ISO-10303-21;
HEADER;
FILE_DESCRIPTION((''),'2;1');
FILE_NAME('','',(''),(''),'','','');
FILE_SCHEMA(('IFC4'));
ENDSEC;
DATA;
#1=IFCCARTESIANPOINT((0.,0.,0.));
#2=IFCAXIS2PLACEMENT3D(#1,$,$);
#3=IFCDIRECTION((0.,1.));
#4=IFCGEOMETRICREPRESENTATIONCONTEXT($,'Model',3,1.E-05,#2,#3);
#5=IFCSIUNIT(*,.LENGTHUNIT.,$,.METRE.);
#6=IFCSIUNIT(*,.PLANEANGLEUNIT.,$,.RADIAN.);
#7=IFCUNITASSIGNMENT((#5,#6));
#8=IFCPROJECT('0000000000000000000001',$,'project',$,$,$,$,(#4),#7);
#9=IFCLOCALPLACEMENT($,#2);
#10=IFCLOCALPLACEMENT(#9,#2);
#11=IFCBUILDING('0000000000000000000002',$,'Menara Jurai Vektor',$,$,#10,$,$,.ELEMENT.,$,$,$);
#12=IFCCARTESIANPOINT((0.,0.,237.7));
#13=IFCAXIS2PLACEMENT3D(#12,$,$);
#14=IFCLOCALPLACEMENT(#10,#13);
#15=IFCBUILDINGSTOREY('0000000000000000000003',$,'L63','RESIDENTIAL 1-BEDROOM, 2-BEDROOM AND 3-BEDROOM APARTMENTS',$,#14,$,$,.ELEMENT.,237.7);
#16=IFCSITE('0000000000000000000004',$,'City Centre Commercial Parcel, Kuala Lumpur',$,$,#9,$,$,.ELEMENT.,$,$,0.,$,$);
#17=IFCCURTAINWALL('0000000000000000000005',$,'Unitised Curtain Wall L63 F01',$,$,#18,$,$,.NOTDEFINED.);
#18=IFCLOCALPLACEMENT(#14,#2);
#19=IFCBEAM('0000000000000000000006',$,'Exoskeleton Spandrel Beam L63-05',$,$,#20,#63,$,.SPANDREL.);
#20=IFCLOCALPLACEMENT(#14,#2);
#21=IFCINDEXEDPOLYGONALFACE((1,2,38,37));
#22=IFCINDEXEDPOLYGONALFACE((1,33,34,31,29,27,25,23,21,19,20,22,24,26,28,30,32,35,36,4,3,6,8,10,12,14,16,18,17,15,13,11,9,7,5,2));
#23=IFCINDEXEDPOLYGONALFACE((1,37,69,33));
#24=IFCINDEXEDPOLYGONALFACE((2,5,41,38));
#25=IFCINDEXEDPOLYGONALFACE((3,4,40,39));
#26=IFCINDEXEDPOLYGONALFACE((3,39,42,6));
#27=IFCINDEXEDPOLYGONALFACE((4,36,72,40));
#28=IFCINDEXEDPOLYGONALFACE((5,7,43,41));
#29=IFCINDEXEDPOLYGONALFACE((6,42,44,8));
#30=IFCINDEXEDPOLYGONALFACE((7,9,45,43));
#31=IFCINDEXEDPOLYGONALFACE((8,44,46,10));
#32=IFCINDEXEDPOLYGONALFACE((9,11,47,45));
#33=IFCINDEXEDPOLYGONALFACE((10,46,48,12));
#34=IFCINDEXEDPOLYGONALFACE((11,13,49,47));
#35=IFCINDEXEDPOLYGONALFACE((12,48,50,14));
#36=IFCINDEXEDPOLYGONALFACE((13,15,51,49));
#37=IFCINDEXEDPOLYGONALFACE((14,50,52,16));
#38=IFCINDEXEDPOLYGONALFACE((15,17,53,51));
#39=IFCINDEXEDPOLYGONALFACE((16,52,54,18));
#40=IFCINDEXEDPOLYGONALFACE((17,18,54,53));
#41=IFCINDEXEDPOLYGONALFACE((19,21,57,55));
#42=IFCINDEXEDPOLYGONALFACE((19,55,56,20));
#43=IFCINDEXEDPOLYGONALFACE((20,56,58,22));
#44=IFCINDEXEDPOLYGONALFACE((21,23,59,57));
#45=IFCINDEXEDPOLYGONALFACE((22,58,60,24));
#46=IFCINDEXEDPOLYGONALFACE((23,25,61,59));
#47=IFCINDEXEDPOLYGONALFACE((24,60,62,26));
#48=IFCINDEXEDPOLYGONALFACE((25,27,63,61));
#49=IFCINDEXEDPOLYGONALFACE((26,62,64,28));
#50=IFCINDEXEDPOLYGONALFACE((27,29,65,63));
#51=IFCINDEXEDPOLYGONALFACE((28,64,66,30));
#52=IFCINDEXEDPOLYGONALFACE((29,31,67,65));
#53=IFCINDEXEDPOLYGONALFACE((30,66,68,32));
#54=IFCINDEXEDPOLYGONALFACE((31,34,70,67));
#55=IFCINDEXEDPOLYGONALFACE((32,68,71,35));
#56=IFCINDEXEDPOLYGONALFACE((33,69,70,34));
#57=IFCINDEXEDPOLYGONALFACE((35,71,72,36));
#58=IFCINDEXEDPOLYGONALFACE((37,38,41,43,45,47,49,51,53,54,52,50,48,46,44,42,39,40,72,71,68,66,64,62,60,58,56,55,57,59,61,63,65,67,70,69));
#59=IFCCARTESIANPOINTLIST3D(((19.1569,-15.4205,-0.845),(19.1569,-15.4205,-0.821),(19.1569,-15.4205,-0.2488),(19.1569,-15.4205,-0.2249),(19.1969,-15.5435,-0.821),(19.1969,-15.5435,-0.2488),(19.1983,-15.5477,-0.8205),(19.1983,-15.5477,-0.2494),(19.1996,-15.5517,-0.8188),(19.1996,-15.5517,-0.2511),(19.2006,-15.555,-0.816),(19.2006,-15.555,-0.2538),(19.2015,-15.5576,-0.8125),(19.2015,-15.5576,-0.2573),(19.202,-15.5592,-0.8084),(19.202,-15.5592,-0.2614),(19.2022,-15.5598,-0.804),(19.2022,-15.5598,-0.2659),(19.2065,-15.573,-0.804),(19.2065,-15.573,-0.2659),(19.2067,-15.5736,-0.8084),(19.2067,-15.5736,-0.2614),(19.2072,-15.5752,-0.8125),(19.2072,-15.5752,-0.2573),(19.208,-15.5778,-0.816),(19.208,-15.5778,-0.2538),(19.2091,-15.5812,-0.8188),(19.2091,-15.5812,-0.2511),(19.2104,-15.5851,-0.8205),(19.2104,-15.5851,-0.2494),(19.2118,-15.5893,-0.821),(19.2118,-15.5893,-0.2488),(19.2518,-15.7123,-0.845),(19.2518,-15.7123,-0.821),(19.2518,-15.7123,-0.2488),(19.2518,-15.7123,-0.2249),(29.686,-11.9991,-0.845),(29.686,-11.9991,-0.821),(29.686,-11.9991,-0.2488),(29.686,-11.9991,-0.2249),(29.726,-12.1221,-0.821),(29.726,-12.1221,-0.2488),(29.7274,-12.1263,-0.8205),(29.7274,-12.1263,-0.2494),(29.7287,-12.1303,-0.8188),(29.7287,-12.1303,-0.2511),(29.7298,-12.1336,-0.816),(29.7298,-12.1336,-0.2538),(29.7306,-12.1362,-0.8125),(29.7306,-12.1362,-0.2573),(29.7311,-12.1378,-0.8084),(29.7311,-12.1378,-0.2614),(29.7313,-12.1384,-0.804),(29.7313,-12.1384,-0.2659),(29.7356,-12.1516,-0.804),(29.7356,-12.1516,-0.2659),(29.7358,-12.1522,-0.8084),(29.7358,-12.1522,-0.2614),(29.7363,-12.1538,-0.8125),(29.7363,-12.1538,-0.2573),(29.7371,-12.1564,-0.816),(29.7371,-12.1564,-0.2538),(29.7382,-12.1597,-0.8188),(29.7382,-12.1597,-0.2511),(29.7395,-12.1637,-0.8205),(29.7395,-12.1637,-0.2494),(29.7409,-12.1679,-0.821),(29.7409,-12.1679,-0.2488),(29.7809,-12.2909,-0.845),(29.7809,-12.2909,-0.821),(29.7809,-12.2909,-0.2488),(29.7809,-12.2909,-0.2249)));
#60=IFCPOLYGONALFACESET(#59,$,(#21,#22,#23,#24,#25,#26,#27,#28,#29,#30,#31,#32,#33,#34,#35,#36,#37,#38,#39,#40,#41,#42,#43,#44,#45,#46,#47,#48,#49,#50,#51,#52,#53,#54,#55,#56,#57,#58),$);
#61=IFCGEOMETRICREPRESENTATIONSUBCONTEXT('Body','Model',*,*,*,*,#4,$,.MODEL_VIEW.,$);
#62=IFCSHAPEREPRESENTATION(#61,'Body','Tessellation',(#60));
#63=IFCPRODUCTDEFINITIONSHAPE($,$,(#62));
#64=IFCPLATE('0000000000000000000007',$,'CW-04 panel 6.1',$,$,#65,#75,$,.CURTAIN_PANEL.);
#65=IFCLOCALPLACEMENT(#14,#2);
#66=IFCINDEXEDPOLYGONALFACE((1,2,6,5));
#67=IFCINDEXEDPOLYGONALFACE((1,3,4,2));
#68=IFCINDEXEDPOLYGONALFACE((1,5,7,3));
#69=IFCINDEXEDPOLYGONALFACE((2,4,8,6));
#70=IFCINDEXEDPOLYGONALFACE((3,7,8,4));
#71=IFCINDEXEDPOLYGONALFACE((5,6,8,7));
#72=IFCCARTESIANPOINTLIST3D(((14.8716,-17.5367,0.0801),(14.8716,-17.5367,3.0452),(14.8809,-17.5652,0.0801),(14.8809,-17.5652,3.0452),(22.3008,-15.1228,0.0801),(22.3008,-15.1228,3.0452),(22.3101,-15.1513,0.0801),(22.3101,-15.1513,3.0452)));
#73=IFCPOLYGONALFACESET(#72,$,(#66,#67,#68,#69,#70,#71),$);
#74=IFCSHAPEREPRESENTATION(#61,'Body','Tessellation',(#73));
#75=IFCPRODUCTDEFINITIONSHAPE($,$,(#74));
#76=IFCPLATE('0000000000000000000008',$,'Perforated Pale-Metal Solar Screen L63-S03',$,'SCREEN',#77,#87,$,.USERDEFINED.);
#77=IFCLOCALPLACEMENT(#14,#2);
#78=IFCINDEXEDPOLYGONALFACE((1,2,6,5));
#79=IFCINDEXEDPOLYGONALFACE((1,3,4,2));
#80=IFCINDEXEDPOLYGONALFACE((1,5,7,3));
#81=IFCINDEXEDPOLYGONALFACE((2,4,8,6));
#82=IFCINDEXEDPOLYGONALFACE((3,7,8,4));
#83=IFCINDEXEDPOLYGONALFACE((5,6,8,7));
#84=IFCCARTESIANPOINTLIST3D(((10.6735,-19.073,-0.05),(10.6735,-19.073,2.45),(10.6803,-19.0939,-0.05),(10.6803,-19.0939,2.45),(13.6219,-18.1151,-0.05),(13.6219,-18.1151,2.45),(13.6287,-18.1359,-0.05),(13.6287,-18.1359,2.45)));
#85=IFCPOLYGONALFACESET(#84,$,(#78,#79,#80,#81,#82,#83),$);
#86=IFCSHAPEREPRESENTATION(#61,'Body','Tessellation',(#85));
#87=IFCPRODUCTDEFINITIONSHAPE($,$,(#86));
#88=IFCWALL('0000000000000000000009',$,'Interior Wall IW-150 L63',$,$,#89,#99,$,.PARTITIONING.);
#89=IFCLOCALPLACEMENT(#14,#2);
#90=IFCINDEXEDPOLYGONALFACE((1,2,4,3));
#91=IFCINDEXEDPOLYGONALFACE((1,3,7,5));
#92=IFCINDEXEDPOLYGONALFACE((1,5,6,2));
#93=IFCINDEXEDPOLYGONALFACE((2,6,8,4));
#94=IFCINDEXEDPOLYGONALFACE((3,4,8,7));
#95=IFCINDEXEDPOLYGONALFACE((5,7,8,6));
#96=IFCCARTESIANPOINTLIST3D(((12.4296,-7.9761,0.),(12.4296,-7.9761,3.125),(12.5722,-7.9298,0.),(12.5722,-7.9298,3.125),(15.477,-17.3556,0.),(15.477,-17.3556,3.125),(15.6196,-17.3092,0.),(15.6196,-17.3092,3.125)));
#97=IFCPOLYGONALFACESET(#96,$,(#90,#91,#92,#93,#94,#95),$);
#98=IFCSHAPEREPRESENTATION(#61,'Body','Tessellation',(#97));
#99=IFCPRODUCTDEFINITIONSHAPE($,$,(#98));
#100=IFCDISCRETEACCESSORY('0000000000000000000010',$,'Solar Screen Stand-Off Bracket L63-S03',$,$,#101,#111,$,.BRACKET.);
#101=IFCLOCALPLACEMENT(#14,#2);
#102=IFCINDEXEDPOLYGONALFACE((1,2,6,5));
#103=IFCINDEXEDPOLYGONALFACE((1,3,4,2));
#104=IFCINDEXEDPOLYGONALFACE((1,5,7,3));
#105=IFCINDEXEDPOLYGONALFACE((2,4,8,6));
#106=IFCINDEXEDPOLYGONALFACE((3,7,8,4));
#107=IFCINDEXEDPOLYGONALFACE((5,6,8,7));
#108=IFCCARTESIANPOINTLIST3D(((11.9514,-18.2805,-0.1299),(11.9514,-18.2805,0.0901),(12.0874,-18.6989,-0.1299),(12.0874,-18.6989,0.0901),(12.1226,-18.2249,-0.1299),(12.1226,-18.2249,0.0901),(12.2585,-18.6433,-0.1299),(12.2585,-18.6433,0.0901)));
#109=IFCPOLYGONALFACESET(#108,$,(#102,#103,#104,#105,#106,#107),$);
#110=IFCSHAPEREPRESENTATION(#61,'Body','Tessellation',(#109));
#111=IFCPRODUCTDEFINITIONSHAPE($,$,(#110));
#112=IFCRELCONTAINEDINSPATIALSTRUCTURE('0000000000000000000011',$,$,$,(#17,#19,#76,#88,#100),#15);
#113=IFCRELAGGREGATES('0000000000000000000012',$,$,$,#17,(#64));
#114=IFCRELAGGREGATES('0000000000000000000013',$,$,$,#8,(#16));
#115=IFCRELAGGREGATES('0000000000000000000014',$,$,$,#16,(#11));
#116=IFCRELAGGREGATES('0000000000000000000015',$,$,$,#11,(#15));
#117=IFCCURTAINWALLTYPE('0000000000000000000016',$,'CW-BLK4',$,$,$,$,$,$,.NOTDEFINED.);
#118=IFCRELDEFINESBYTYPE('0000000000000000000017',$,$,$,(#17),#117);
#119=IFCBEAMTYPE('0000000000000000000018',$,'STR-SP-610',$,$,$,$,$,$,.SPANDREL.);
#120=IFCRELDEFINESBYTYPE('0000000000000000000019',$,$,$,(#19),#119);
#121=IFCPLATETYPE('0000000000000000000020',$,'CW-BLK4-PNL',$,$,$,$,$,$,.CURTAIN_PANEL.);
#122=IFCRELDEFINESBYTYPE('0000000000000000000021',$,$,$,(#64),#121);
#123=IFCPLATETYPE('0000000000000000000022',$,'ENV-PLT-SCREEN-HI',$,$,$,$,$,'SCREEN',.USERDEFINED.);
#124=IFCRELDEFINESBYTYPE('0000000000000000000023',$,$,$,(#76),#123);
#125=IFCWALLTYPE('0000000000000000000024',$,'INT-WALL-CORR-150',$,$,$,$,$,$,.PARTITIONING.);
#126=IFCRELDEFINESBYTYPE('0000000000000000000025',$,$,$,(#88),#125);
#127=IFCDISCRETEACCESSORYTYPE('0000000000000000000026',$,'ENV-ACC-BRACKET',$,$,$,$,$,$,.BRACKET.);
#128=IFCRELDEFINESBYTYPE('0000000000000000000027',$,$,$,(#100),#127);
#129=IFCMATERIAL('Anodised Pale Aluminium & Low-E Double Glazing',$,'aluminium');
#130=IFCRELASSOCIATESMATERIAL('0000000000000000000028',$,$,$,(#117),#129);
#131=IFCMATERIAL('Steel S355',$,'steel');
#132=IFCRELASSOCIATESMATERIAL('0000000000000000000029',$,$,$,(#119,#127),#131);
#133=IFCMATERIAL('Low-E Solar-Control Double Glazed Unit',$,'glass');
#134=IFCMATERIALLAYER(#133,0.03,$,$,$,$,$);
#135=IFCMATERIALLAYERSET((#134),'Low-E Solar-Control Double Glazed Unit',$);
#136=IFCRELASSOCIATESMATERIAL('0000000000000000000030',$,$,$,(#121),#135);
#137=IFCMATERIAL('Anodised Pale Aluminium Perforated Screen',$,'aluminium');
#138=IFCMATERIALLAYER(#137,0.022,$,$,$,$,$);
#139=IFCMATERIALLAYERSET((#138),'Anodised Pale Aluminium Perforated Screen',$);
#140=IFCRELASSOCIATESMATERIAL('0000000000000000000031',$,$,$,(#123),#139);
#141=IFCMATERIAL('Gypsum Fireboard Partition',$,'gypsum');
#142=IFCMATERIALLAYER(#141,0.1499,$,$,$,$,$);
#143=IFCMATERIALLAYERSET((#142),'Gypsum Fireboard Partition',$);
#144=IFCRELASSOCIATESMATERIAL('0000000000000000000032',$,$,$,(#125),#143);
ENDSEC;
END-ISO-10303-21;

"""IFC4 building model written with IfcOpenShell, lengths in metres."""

from ifc_helpers import new_model, si_unit, direction, frame, frame_2d, origin, origin_2d, place, context, subcontext, project, spatial, rectangle, i_section, extrude, material, layer, layer_set, material_profile, profile_set, type_object, element, aggregate, save


model = new_model("IFC4")

# Units and contexts
model_context = context("Model", 3, precision=1e-05, world=origin(), true_north=direction((0.0, 1.0)))
body_context = subcontext(model_context, "Body", "Model", "MODEL_VIEW")
ifc_project = project(units=[si_unit("LENGTHUNIT", "METRE"), si_unit("PLANEANGLEUNIT", "RADIAN")], contexts=[model_context])

# Site, building, storey
site_placement = place(None, origin())
site = spatial("IfcSite", under=ifc_project, at=site_placement, Name="City Centre Commercial Parcel, Kuala Lumpur", CompositionType="ELEMENT", RefElevation=0.0)
building_placement = place(site_placement, origin())
building = spatial("IfcBuilding", under=site, at=building_placement, Name="Menara Jurai Vektor", CompositionType="ELEMENT")
storey_placement = place(building_placement, frame((0.0, 0.0, 237.7)))
storey = spatial("IfcBuildingStorey", under=building, at=storey_placement, Name="L63", Description="RESIDENTIAL 1-BEDROOM, 2-BEDROOM AND 3-BEDROOM APARTMENTS", CompositionType="ELEMENT", Elevation=237.7)

# Curtain wall
ifc_material_1 = material(Name="Anodised Pale Aluminium & Low-E Double Glazing", Category="aluminium")
curtain_wall_type = type_object("IfcCurtainWallType", Name="CW-BLK4", PredefinedType="NOTDEFINED", material=ifc_material_1)
curtain_wall_placement = place(storey_placement, origin())
curtain_wall = element("IfcCurtainWall", 1, at=curtain_wall_placement, inside=storey, type_object=curtain_wall_type, Name="Unitised Curtain Wall L63 F01", PredefinedType="NOTDEFINED")

# Beam
ifc_material_2 = material(Name="Steel S355", Category="steel")
ifc_material_profile_1 = material_profile(ifc_material_2, i_section(OverallWidth=0.3069, OverallDepth=0.6201, WebThickness=0.0139, FlangeThickness=0.0239, FilletRadius=0.0171, at=origin_2d()), Name="UKB 610x305x179")
ifc_profile_set_1 = profile_set([ifc_material_profile_1], Name="Steel S355")
beam_type_1 = type_object("IfcBeamType", Name="STR-SP-610", PredefinedType="SPANDREL", material=ifc_profile_set_1)
beam_1_placement = place(storey_placement, frame((19.2043, -15.5664, -0.5349), z_axis=(0.951049, 0.309041, 0.0), x_axis=(-0.309041, 0.951049, 0.0)))
element("IfcBeam", 2, at=beam_1_placement, inside=storey, type_object=beam_type_1, Name="Exoskeleton Spandrel Beam L63-05", PredefinedType="SPANDREL", context=body_context, shape_type="SweptSolid", body=[
    extrude(i_section(OverallWidth=0.3069, OverallDepth=0.6201, WebThickness=0.0139, FlangeThickness=0.0239, FilletRadius=0.0171, at=origin_2d()), origin(), (0.0, 0.0, 1.0), 11.071),
])

# Plates
ifc_material_3 = material(Name="Low-E Solar-Control Double Glazed Unit", Category="glass")
ifc_layer_1 = layer(ifc_material_3, 0.03)
ifc_layer_set_1 = layer_set([ifc_layer_1], Name="Low-E Solar-Control Double Glazed Unit")
plate_type_1 = type_object("IfcPlateType", Name="CW-BLK4-PNL", PredefinedType="CURTAIN_PANEL", material=ifc_layer_set_1)
plate_1_placement = place(storey_placement, frame((18.5908, -16.344, 0.0801), z_axis=(0.0, 0.0, 1.0), x_axis=(0.951056, 0.309017, 0.0)))
plate_1 = element("IfcPlate", 3, at=plate_1_placement, type_object=plate_type_1, Name="CW-04 panel 6.1", PredefinedType="CURTAIN_PANEL", context=body_context, shape_type="SweptSolid", body=[
    extrude(rectangle(XDim=7.8115, YDim=0.03, at=origin_2d()), origin(), (0.0, 0.0, 1.0), 2.9651),
])
aggregate(curtain_wall, [plate_1])
ifc_material_4 = material(Name="Anodised Pale Aluminium Perforated Screen", Category="aluminium")
ifc_layer_2 = layer(ifc_material_4, 0.022)
ifc_layer_set_2 = layer_set([ifc_layer_2], Name="Anodised Pale Aluminium Perforated Screen")
plate_type_2 = type_object("IfcPlateType", Name="ENV-PLT-SCREEN-HI", ElementType="SCREEN", PredefinedType="USERDEFINED", material=ifc_layer_set_2)
plate_2_placement = place(storey_placement, frame((12.1511, -18.6045, -0.05), z_axis=(0.0, 0.0, 1.0), x_axis=(0.951057, 0.309017, 0.0)))
element("IfcPlate", 4, at=plate_2_placement, inside=storey, type_object=plate_type_2, Name="Perforated Pale-Metal Solar Screen L63-S03", ObjectType="SCREEN", PredefinedType="USERDEFINED", context=body_context, shape_type="SweptSolid", body=[
    extrude(rectangle(XDim=3.1001, YDim=0.022, at=origin_2d()), origin(), (0.0, 0.0, 1.0), 2.5),
])

# Wall
ifc_material_5 = material(Name="Gypsum Fireboard Partition", Category="gypsum")
ifc_layer_3 = layer(ifc_material_5, 0.1499)
ifc_layer_set_3 = layer_set([ifc_layer_3], Name="Gypsum Fireboard Partition")
wall_type = type_object("IfcWallType", Name="INT-WALL-CORR-150", PredefinedType="PARTITIONING", material=ifc_layer_set_3)
wall_placement = place(storey_placement, frame((15.5483, -17.3325, 0.0), z_axis=(0.0, 0.0, 1.0), x_axis=(-0.309, 0.951062, 0.0)))
element("IfcWall", 5, at=wall_placement, inside=storey, type_object=wall_type, Name="Interior Wall IW-150 L63", PredefinedType="PARTITIONING", context=body_context, shape_type="SweptSolid", body=[
    extrude(rectangle(XDim=9.8621, YDim=0.1499, at=frame_2d((4.9312, 0.0))), origin(), (0.0, 0.0, 1.0), 3.125),
])

# Discrete accessory
discrete_accessory_type = type_object("IfcDiscreteAccessoryType", Name="ENV-ACC-BRACKET", PredefinedType="BRACKET", material=ifc_material_2)
discrete_accessory_placement = place(storey_placement, frame((12.105, -18.4619, -0.1299), z_axis=(0.0, 0.0, 1.0), x_axis=(0.951057, 0.309017, 0.0)))
element("IfcDiscreteAccessory", 6, at=discrete_accessory_placement, inside=storey, type_object=discrete_accessory_type, Name="Solar Screen Stand-Off Bracket L63-S03", PredefinedType="BRACKET", context=body_context, shape_type="SweptSolid", body=[
    extrude(rectangle(XDim=0.1799, YDim=0.4399, at=origin_2d()), origin(), (0.0, 0.0, 1.0), 0.22),
])

save(model, "model.ifc")
